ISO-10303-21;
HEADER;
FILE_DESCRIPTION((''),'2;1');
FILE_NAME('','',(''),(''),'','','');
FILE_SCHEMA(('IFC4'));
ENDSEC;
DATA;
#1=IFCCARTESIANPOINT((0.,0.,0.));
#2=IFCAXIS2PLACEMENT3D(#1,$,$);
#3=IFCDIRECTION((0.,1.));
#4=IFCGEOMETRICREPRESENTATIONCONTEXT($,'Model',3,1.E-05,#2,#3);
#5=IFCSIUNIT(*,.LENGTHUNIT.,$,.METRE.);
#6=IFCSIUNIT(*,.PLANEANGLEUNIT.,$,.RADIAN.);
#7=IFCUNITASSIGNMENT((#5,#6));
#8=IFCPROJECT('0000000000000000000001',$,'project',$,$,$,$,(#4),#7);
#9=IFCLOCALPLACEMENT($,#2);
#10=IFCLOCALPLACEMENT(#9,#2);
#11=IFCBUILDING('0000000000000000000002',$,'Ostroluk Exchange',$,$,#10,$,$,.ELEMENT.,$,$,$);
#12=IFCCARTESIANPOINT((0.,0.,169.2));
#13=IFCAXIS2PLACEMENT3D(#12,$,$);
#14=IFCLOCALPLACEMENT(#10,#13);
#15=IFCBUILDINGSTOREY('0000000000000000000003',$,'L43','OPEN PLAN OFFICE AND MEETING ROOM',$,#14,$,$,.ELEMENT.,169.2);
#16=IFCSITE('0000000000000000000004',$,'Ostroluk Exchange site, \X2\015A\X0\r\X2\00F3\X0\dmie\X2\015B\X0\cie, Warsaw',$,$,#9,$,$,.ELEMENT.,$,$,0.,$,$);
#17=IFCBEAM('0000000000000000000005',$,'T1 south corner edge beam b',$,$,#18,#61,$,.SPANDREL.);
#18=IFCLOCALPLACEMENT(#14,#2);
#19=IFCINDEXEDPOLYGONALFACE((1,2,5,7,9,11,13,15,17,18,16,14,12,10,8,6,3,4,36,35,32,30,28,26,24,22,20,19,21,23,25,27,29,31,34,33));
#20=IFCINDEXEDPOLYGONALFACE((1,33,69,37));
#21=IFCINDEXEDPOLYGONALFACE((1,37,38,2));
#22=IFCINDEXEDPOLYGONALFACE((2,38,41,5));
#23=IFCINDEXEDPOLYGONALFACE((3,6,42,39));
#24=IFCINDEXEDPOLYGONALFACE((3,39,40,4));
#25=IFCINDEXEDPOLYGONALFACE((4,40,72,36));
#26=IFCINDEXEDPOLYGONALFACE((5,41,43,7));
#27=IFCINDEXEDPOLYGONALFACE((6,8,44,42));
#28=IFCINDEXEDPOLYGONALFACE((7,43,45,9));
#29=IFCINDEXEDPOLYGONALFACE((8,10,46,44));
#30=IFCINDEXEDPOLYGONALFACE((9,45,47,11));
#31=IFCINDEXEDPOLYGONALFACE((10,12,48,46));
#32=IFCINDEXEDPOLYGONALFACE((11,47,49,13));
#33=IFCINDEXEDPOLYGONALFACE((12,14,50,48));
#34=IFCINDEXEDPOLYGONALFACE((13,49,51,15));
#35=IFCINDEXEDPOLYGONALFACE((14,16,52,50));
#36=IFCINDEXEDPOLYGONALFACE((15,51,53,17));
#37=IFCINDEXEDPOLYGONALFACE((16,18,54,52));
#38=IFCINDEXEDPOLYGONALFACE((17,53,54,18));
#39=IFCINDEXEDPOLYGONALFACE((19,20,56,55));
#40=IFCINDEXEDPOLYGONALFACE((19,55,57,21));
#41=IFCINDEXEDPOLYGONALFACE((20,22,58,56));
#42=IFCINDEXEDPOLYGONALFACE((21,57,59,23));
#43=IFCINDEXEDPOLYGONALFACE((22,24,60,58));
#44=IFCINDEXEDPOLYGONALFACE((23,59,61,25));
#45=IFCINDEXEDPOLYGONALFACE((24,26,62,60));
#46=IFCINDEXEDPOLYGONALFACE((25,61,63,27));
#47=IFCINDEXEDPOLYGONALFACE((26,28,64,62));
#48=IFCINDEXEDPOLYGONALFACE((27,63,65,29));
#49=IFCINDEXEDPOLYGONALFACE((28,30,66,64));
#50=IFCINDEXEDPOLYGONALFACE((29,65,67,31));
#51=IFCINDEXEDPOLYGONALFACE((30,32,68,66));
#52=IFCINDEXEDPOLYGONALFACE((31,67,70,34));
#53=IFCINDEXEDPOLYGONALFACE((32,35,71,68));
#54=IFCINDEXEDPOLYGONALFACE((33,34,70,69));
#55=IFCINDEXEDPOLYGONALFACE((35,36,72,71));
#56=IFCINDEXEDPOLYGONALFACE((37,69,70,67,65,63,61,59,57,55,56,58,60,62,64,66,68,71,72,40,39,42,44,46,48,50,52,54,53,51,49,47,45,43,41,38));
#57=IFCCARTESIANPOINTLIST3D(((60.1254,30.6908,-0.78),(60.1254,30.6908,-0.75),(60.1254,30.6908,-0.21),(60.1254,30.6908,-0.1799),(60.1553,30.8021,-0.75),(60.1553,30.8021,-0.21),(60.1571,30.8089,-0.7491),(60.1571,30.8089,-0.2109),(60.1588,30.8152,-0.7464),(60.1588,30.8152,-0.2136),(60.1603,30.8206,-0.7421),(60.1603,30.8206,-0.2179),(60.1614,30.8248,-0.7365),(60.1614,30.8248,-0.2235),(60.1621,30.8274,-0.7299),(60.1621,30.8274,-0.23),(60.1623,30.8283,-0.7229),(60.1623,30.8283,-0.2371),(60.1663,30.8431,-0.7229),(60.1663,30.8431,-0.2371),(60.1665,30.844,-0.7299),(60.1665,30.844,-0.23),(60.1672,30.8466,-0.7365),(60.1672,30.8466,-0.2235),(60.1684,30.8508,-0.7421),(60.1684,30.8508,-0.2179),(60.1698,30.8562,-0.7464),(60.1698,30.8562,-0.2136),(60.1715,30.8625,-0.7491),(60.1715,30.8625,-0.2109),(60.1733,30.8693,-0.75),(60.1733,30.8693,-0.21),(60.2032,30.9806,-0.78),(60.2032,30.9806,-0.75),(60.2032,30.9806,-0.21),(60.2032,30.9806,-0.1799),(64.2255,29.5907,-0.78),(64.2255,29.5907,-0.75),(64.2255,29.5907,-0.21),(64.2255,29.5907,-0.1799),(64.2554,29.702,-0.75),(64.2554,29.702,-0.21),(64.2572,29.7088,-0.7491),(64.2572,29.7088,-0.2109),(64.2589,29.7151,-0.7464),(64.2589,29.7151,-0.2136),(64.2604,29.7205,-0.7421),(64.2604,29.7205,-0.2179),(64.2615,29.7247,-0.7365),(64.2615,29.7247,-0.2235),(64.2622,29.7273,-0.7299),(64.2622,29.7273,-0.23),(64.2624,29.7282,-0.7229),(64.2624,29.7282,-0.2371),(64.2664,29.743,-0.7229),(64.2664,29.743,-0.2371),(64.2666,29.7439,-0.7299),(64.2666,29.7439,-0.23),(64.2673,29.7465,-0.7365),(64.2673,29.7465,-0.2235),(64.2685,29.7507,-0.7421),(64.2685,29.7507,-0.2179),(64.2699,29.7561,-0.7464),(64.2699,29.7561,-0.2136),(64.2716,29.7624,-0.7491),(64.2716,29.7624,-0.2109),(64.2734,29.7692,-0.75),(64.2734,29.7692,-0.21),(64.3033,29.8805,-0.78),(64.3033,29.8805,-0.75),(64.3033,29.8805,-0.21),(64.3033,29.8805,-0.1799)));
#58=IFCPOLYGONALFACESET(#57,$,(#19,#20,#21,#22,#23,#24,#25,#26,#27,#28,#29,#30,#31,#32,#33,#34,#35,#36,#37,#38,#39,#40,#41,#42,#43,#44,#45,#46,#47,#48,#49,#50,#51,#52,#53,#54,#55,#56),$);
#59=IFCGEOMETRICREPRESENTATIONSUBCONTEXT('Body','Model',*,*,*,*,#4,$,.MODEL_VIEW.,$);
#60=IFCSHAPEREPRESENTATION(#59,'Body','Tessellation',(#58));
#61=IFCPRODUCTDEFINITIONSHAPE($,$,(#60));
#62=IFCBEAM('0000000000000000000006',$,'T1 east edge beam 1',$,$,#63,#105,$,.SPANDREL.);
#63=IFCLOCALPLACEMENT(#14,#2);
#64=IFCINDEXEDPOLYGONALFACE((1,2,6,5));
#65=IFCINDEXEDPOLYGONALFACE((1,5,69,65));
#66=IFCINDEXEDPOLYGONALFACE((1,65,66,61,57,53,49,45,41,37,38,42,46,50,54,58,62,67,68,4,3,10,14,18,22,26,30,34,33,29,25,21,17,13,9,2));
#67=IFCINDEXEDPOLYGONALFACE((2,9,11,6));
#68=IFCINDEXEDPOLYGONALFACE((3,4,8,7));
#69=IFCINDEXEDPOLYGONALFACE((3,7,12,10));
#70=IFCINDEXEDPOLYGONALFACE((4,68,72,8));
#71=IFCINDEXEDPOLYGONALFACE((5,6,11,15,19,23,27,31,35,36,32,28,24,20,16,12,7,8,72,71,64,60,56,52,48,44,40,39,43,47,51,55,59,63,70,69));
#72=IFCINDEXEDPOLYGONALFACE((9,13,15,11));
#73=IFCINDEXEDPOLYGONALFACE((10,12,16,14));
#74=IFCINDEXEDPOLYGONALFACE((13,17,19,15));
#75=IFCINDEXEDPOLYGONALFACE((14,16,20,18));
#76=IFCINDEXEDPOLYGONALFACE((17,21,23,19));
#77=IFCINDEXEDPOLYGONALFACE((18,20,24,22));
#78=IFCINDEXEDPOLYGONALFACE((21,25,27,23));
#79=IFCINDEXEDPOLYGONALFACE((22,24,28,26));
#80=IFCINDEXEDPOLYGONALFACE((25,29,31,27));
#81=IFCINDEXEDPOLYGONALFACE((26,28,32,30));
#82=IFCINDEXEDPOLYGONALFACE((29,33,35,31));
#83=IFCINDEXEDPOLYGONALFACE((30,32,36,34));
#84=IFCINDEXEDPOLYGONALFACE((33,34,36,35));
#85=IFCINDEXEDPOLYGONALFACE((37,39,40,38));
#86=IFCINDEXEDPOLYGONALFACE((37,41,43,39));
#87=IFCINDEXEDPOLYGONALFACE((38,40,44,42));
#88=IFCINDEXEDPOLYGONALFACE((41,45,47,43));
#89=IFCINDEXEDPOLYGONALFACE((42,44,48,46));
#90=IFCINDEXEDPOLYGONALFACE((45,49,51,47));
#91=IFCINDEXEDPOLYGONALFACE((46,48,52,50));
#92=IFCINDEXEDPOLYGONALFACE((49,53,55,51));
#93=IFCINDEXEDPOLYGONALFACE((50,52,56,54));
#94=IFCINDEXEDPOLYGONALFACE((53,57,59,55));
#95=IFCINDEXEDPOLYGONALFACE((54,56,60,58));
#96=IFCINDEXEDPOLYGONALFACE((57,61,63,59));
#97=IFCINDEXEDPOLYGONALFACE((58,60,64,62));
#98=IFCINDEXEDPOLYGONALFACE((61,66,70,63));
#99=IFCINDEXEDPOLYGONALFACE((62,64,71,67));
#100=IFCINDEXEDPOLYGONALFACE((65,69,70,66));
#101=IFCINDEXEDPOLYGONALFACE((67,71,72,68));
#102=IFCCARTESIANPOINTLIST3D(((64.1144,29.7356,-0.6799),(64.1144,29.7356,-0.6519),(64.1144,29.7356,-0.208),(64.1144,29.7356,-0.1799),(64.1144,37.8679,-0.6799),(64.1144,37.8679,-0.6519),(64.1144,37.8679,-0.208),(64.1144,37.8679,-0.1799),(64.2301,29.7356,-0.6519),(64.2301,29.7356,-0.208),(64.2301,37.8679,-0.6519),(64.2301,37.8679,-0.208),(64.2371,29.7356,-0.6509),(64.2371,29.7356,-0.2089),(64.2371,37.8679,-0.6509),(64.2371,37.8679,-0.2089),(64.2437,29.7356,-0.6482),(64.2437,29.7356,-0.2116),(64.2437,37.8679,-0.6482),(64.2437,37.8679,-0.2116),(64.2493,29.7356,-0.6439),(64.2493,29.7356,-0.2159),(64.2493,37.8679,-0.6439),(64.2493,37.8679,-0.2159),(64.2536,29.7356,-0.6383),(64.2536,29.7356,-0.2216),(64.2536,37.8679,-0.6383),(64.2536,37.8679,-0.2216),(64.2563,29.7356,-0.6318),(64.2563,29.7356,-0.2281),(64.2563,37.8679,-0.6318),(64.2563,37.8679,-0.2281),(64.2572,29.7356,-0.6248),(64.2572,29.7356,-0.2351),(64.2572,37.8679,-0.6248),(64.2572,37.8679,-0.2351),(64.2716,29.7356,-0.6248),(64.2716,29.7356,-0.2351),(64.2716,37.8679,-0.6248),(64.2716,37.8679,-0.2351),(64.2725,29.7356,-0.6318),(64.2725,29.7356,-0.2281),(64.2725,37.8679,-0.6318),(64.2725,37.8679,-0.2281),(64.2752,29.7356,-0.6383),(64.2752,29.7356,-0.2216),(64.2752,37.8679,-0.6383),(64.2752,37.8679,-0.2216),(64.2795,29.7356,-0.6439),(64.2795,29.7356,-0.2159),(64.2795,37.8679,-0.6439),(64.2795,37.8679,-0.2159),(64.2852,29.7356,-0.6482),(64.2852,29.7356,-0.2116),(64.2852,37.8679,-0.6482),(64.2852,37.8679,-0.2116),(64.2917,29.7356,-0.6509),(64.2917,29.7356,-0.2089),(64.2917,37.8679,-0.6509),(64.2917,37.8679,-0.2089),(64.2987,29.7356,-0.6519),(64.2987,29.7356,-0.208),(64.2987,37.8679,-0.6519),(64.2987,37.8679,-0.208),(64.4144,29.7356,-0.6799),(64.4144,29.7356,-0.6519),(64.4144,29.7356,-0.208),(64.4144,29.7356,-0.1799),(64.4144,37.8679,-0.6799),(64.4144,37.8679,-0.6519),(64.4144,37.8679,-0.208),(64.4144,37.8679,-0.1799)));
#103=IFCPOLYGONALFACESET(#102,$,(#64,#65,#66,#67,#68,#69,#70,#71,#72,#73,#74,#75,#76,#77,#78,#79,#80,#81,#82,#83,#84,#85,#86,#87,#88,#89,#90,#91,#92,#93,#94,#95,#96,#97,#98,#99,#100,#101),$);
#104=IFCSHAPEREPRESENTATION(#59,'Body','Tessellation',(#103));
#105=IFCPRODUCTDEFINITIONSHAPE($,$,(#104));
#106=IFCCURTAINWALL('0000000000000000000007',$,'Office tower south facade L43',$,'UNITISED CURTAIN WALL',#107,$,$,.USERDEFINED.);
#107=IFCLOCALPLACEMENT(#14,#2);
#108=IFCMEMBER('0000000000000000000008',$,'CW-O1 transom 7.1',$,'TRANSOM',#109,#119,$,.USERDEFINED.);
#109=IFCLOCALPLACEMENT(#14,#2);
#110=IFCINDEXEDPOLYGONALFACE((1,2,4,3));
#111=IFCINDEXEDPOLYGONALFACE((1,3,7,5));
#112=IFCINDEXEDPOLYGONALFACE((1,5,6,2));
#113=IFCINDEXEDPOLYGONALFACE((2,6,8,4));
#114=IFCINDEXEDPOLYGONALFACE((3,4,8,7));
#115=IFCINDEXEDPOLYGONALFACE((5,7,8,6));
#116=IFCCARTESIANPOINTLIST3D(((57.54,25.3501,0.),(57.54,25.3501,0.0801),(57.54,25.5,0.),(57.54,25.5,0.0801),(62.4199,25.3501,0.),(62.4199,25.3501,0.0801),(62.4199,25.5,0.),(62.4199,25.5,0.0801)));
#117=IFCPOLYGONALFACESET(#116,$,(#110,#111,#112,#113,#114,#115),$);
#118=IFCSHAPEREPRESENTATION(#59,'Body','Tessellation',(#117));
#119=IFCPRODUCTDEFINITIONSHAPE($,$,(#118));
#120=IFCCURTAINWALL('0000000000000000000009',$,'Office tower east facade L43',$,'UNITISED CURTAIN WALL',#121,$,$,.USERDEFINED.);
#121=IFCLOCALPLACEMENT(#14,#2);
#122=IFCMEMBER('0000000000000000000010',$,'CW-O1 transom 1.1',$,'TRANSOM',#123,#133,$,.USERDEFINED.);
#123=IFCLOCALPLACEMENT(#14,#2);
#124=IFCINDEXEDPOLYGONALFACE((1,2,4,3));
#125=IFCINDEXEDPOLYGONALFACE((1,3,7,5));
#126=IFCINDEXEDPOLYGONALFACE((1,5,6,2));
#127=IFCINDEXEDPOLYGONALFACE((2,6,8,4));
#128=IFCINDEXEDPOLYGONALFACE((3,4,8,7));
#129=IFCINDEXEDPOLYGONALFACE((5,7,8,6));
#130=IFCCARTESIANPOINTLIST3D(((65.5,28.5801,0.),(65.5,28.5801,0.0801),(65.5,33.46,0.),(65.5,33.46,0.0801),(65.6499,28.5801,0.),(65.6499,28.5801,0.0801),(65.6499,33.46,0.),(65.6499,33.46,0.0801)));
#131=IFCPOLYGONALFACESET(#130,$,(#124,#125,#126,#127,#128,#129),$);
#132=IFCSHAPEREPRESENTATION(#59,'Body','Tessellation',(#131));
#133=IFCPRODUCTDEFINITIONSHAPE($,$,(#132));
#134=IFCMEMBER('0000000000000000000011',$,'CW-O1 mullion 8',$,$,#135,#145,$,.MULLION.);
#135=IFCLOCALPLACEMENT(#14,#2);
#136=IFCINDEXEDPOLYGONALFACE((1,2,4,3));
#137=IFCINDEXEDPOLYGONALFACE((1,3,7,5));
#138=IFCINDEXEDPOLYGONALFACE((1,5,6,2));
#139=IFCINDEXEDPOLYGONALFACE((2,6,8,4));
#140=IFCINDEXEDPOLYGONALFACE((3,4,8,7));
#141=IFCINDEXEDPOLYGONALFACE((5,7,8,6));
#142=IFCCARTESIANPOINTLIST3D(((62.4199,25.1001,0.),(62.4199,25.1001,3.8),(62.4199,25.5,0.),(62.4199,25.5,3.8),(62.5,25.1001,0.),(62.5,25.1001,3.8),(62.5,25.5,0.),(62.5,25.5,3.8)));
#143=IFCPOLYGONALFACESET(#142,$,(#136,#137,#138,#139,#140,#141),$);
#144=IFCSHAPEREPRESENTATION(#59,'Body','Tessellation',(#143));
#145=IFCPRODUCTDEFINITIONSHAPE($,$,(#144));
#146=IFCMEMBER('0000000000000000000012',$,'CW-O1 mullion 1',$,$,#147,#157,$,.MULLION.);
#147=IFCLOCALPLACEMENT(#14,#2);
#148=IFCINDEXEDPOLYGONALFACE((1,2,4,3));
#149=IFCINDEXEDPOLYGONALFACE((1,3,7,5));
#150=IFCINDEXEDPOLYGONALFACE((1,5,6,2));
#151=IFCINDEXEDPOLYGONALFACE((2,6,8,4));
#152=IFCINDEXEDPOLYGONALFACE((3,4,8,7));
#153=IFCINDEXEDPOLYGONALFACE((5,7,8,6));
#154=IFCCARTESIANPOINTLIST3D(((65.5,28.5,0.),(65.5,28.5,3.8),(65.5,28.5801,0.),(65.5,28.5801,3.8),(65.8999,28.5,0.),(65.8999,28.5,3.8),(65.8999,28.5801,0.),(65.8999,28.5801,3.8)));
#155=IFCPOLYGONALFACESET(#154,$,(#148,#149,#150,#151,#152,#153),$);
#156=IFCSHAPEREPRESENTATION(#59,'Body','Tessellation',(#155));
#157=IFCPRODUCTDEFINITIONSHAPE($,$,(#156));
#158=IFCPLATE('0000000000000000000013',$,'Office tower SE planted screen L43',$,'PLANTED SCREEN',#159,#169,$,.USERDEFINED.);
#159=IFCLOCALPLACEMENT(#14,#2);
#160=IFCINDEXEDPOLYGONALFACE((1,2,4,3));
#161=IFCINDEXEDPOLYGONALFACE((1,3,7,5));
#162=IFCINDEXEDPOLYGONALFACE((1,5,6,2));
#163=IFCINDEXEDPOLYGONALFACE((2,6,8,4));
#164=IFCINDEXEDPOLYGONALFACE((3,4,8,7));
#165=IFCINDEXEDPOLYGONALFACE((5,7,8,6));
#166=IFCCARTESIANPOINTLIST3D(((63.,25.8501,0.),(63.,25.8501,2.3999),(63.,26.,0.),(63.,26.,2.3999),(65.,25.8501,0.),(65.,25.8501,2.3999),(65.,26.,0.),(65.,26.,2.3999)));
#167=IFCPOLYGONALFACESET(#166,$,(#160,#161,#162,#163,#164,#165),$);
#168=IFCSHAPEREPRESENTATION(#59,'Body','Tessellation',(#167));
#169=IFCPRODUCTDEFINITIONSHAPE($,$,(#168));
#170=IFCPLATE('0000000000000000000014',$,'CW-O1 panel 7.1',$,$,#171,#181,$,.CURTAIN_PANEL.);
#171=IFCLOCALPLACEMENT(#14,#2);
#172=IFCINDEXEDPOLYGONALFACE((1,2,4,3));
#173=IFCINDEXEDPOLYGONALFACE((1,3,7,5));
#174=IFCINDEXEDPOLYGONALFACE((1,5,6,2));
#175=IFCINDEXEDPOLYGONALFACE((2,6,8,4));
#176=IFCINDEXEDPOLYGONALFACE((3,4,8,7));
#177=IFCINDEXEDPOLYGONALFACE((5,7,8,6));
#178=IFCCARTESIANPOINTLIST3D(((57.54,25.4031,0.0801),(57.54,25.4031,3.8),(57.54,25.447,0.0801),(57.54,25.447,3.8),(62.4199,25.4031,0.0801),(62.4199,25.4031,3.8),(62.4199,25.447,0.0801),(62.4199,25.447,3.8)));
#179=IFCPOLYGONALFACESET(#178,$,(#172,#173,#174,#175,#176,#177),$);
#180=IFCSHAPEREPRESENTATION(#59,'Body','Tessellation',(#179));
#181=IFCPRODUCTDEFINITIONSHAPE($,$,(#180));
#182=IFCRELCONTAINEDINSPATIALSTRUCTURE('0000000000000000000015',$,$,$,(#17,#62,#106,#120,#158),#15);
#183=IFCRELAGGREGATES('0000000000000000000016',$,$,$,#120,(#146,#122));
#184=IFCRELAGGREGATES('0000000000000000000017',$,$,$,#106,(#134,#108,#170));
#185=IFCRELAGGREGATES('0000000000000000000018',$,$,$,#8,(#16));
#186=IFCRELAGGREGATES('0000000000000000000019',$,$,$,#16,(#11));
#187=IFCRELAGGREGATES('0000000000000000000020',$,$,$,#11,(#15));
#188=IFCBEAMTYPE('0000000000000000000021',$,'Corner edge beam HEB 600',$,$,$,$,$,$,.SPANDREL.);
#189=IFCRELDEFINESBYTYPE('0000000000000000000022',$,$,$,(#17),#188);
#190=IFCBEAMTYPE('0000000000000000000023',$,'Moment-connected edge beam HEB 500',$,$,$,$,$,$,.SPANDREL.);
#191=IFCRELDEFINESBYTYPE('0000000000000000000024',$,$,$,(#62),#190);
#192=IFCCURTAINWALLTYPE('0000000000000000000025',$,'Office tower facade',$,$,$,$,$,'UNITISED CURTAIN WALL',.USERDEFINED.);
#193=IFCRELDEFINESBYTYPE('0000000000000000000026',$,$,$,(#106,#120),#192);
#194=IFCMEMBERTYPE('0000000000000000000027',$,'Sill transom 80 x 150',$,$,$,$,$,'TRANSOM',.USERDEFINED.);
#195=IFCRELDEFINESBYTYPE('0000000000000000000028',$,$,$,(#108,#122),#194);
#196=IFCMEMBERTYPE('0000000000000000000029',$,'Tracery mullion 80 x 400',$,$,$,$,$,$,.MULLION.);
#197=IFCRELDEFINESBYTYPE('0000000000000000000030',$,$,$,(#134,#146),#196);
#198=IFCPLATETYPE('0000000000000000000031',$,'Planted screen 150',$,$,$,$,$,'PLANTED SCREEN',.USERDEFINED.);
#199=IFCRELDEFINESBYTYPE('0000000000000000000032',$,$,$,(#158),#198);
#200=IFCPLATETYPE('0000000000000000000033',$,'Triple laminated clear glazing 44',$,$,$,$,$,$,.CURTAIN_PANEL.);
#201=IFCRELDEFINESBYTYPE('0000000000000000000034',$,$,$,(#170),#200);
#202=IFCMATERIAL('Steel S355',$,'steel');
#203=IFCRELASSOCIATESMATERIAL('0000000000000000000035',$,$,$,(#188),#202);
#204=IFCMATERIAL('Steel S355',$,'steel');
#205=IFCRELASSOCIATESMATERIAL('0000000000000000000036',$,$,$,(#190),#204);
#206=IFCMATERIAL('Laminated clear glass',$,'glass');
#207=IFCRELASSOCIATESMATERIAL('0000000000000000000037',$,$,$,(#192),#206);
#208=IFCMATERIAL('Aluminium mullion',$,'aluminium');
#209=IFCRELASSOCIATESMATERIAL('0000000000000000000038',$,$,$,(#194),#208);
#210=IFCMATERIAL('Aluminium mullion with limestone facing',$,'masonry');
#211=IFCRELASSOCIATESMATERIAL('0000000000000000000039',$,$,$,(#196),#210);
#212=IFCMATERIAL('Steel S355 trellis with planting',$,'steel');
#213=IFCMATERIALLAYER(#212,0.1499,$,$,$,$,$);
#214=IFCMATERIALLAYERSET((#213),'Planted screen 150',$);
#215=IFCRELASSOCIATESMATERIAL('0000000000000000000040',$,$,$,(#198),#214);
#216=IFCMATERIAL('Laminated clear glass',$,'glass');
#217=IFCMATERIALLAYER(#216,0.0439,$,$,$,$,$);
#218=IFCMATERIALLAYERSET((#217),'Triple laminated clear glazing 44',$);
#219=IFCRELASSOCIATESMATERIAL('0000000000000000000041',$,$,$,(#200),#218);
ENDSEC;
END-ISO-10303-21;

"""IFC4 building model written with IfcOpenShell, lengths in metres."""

from ifc_helpers import new_model, si_unit, direction, frame, origin, origin_2d, place, context, subcontext, project, spatial, rectangle, i_section, extrude, material, layer, layer_set, material_profile, profile_set, type_object, element, aggregate, save


model = new_model("IFC4")

# Units and contexts
model_context = context("Model", 3, precision=1e-05, world=origin(), true_north=direction((0.0, 1.0)))
body_context = subcontext(model_context, "Body", "Model", "MODEL_VIEW")
ifc_project = project(units=[si_unit("LENGTHUNIT", "METRE"), si_unit("PLANEANGLEUNIT", "RADIAN")], contexts=[model_context])

# Site, building, storey
site_placement = place(None, origin())
site = spatial("IfcSite", under=ifc_project, at=site_placement, Name="Ostroluk Exchange site, Śródmieście, Warsaw", CompositionType="ELEMENT", RefElevation=0.0)
building_placement = place(site_placement, origin())
building = spatial("IfcBuilding", under=site, at=building_placement, Name="Ostroluk Exchange", CompositionType="ELEMENT")
storey_placement = place(building_placement, frame((0.0, 0.0, 169.2)))
storey = spatial("IfcBuildingStorey", under=building, at=storey_placement, Name="L43", Description="OPEN PLAN OFFICE AND MEETING ROOM", CompositionType="ELEMENT", Elevation=169.2)

# Beams
ifc_material_1 = material(Name="Steel S355", Category="steel")
ifc_material_profile_1 = material_profile(ifc_material_1, i_section(OverallWidth=0.3, OverallDepth=0.6001, WebThickness=0.0154, FlangeThickness=0.03, FilletRadius=0.0271, at=origin_2d()), Name="HEB 600")
ifc_profile_set_1 = profile_set([ifc_material_profile_1], Name="Steel S355")
beam_type_1 = type_object("IfcBeamType", Name="Corner edge beam HEB 600", PredefinedType="SPANDREL", material=ifc_profile_set_1)
for number, where, z_axis, x_axis, name in (
    (1, (60.1643, 30.8357, -0.48), (0.965839, -0.259144, 0.0), (0.259144, 0.965839, 0.0), "T1 south corner edge beam b"),
):
    element("IfcBeam", number, at=place(storey_placement, frame(where, z_axis=z_axis, x_axis=x_axis)), inside=storey, type_object=beam_type_1, Name=name, PredefinedType="SPANDREL", context=body_context, shape_type="SweptSolid", body=[
        extrude(i_section(OverallWidth=0.3, OverallDepth=0.6001, WebThickness=0.0154, FlangeThickness=0.03, FilletRadius=0.0271, at=origin_2d()), origin(), (0.0, 0.0, 1.0), 4.2451),
    ])
ifc_material_2 = material(Name="Steel S355", Category="steel")
ifc_material_profile_2 = material_profile(ifc_material_2, i_section(OverallWidth=0.3, OverallDepth=0.5, WebThickness=0.0144, FlangeThickness=0.0281, FilletRadius=0.0271, at=origin_2d()), Name="HEB 500")
ifc_profile_set_2 = profile_set([ifc_material_profile_2], Name="Steel S355")
beam_type_2 = type_object("IfcBeamType", Name="Moment-connected edge beam HEB 500", PredefinedType="SPANDREL", material=ifc_profile_set_2)
beam_1_placement = place(storey_placement, frame((64.2644, 29.7356, -0.4299), z_axis=(0.0, 1.0, 0.0), x_axis=(-1.0, 0.0, 0.0)))
element("IfcBeam", 2, at=beam_1_placement, inside=storey, type_object=beam_type_2, Name="T1 east edge beam 1", PredefinedType="SPANDREL", context=body_context, shape_type="SweptSolid", body=[
    extrude(i_section(OverallWidth=0.3, OverallDepth=0.5, WebThickness=0.0144, FlangeThickness=0.0281, FilletRadius=0.0271, at=origin_2d()), origin(), (0.0, 0.0, 1.0), 8.1323),
])

# Curtain walls, members
ifc_material_3 = material(Name="Laminated clear glass", Category="glass")
curtain_wall_type = type_object("IfcCurtainWallType", Name="Office tower facade", ElementType="UNITISED CURTAIN WALL", PredefinedType="USERDEFINED", material=ifc_material_3)
curtain_wall_1_placement = place(storey_placement, origin())
curtain_wall_1 = element("IfcCurtainWall", 3, at=curtain_wall_1_placement, inside=storey, type_object=curtain_wall_type, Name="Office tower south facade L43", ObjectType="UNITISED CURTAIN WALL", PredefinedType="USERDEFINED")
ifc_material_4 = material(Name="Aluminium mullion", Category="aluminium")
ifc_material_profile_3 = material_profile(ifc_material_4, rectangle(XDim=0.1499, YDim=0.0801, at=origin_2d()), Name="Sill transom 80 x 150")
ifc_profile_set_3 = profile_set([ifc_material_profile_3], Name="Aluminium mullion")
member_type_1 = type_object("IfcMemberType", Name="Sill transom 80 x 150", ElementType="TRANSOM", PredefinedType="USERDEFINED", material=ifc_profile_set_3)
member_1_placement = place(storey_placement, frame((57.54, 25.425, 0.04), z_axis=(1.0, 0.0, 0.0), x_axis=(0.0, 1.0, 0.0)))
member_1 = element("IfcMember", 4, at=member_1_placement, type_object=member_type_1, Name="CW-O1 transom 7.1", ObjectType="TRANSOM", PredefinedType="USERDEFINED", context=body_context, shape_type="SweptSolid", body=[
    extrude(rectangle(XDim=0.1499, YDim=0.0801, at=origin_2d()), origin(), (0.0, 0.0, 1.0), 4.8799),
])
curtain_wall_2_placement = place(storey_placement, origin())
curtain_wall_2 = element("IfcCurtainWall", 5, at=curtain_wall_2_placement, inside=storey, type_object=curtain_wall_type, Name="Office tower east facade L43", ObjectType="UNITISED CURTAIN WALL", PredefinedType="USERDEFINED")
member_2_placement = place(storey_placement, frame((65.575, 28.5801, 0.04), z_axis=(0.0, 1.0, 0.0), x_axis=(-1.0, 0.0, 0.0)))
member_2 = element("IfcMember", 6, at=member_2_placement, type_object=member_type_1, Name="CW-O1 transom 1.1", ObjectType="TRANSOM", PredefinedType="USERDEFINED", context=body_context, shape_type="SweptSolid", body=[
    extrude(rectangle(XDim=0.1499, YDim=0.0801, at=origin_2d()), origin(), (0.0, 0.0, 1.0), 4.8799),
])

# Members
ifc_material_5 = material(Name="Aluminium mullion with limestone facing", Category="masonry")
ifc_material_profile_4 = material_profile(ifc_material_5, rectangle(XDim=0.3999, YDim=0.0801, at=origin_2d()), Name="Tracery mullion 80 x 400")
ifc_profile_set_4 = profile_set([ifc_material_profile_4], Name="Aluminium mullion with limestone facing")
member_type_2 = type_object("IfcMemberType", Name="Tracery mullion 80 x 400", PredefinedType="MULLION", material=ifc_profile_set_4)
member_3_placement = place(storey_placement, frame((62.46, 25.3, 0.0), z_axis=(0.0, 0.0, 1.0), x_axis=(0.0, 1.0, 0.0)))
member_3 = element("IfcMember", 7, at=member_3_placement, type_object=member_type_2, Name="CW-O1 mullion 8", PredefinedType="MULLION", context=body_context, shape_type="SweptSolid", body=[
    extrude(rectangle(XDim=0.3999, YDim=0.0801, at=origin_2d()), origin(), (0.0, 0.0, 1.0), 3.8),
])
member_4_placement = place(storey_placement, frame((65.7, 28.54, 0.0), z_axis=(0.0, 0.0, 1.0), x_axis=(-1.0, 0.0, 0.0)))
member_4 = element("IfcMember", 8, at=member_4_placement, type_object=member_type_2, Name="CW-O1 mullion 1", PredefinedType="MULLION", context=body_context, shape_type="SweptSolid", body=[
    extrude(rectangle(XDim=0.3999, YDim=0.0801, at=origin_2d()), origin(), (0.0, 0.0, 1.0), 3.8),
])
aggregate(curtain_wall_2, [member_4, member_2])

# Plates
ifc_material_6 = material(Name="Steel S355 trellis with planting", Category="steel")
ifc_layer_1 = layer(ifc_material_6, 0.1499)
ifc_layer_set_1 = layer_set([ifc_layer_1], Name="Planted screen 150")
plate_type_1 = type_object("IfcPlateType", Name="Planted screen 150", ElementType="PLANTED SCREEN", PredefinedType="USERDEFINED", material=ifc_layer_set_1)
plate_1_placement = place(storey_placement, frame((64.0, 25.925, 0.0), z_axis=(0.0, 0.0, 1.0), x_axis=(1.0, 0.0, 0.0)))
element("IfcPlate", 9, at=plate_1_placement, inside=storey, type_object=plate_type_1, Name="Office tower SE planted screen L43", ObjectType="PLANTED SCREEN", PredefinedType="USERDEFINED", context=body_context, shape_type="SweptSolid", body=[
    extrude(rectangle(XDim=2.0, YDim=0.1499, at=origin_2d()), origin(), (0.0, 0.0, 1.0), 2.3999),
])
ifc_material_7 = material(Name="Laminated clear glass", Category="glass")
ifc_layer_2 = layer(ifc_material_7, 0.0439)
ifc_layer_set_2 = layer_set([ifc_layer_2], Name="Triple laminated clear glazing 44")
plate_type_2 = type_object("IfcPlateType", Name="Triple laminated clear glazing 44", PredefinedType="CURTAIN_PANEL", material=ifc_layer_set_2)
plate_2_placement = place(storey_placement, frame((59.98, 25.425, 0.0801), z_axis=(0.0, 0.0, 1.0), x_axis=(1.0, 0.0, 0.0)))
plate_2 = element("IfcPlate", 10, at=plate_2_placement, type_object=plate_type_2, Name="CW-O1 panel 7.1", PredefinedType="CURTAIN_PANEL", context=body_context, shape_type="SweptSolid", body=[
    extrude(rectangle(XDim=4.8799, YDim=0.0439, at=origin_2d()), origin(), (0.0, 0.0, 1.0), 3.72),
])
aggregate(curtain_wall_1, [member_3, member_1, plate_2])

save(model, "model.ifc")
